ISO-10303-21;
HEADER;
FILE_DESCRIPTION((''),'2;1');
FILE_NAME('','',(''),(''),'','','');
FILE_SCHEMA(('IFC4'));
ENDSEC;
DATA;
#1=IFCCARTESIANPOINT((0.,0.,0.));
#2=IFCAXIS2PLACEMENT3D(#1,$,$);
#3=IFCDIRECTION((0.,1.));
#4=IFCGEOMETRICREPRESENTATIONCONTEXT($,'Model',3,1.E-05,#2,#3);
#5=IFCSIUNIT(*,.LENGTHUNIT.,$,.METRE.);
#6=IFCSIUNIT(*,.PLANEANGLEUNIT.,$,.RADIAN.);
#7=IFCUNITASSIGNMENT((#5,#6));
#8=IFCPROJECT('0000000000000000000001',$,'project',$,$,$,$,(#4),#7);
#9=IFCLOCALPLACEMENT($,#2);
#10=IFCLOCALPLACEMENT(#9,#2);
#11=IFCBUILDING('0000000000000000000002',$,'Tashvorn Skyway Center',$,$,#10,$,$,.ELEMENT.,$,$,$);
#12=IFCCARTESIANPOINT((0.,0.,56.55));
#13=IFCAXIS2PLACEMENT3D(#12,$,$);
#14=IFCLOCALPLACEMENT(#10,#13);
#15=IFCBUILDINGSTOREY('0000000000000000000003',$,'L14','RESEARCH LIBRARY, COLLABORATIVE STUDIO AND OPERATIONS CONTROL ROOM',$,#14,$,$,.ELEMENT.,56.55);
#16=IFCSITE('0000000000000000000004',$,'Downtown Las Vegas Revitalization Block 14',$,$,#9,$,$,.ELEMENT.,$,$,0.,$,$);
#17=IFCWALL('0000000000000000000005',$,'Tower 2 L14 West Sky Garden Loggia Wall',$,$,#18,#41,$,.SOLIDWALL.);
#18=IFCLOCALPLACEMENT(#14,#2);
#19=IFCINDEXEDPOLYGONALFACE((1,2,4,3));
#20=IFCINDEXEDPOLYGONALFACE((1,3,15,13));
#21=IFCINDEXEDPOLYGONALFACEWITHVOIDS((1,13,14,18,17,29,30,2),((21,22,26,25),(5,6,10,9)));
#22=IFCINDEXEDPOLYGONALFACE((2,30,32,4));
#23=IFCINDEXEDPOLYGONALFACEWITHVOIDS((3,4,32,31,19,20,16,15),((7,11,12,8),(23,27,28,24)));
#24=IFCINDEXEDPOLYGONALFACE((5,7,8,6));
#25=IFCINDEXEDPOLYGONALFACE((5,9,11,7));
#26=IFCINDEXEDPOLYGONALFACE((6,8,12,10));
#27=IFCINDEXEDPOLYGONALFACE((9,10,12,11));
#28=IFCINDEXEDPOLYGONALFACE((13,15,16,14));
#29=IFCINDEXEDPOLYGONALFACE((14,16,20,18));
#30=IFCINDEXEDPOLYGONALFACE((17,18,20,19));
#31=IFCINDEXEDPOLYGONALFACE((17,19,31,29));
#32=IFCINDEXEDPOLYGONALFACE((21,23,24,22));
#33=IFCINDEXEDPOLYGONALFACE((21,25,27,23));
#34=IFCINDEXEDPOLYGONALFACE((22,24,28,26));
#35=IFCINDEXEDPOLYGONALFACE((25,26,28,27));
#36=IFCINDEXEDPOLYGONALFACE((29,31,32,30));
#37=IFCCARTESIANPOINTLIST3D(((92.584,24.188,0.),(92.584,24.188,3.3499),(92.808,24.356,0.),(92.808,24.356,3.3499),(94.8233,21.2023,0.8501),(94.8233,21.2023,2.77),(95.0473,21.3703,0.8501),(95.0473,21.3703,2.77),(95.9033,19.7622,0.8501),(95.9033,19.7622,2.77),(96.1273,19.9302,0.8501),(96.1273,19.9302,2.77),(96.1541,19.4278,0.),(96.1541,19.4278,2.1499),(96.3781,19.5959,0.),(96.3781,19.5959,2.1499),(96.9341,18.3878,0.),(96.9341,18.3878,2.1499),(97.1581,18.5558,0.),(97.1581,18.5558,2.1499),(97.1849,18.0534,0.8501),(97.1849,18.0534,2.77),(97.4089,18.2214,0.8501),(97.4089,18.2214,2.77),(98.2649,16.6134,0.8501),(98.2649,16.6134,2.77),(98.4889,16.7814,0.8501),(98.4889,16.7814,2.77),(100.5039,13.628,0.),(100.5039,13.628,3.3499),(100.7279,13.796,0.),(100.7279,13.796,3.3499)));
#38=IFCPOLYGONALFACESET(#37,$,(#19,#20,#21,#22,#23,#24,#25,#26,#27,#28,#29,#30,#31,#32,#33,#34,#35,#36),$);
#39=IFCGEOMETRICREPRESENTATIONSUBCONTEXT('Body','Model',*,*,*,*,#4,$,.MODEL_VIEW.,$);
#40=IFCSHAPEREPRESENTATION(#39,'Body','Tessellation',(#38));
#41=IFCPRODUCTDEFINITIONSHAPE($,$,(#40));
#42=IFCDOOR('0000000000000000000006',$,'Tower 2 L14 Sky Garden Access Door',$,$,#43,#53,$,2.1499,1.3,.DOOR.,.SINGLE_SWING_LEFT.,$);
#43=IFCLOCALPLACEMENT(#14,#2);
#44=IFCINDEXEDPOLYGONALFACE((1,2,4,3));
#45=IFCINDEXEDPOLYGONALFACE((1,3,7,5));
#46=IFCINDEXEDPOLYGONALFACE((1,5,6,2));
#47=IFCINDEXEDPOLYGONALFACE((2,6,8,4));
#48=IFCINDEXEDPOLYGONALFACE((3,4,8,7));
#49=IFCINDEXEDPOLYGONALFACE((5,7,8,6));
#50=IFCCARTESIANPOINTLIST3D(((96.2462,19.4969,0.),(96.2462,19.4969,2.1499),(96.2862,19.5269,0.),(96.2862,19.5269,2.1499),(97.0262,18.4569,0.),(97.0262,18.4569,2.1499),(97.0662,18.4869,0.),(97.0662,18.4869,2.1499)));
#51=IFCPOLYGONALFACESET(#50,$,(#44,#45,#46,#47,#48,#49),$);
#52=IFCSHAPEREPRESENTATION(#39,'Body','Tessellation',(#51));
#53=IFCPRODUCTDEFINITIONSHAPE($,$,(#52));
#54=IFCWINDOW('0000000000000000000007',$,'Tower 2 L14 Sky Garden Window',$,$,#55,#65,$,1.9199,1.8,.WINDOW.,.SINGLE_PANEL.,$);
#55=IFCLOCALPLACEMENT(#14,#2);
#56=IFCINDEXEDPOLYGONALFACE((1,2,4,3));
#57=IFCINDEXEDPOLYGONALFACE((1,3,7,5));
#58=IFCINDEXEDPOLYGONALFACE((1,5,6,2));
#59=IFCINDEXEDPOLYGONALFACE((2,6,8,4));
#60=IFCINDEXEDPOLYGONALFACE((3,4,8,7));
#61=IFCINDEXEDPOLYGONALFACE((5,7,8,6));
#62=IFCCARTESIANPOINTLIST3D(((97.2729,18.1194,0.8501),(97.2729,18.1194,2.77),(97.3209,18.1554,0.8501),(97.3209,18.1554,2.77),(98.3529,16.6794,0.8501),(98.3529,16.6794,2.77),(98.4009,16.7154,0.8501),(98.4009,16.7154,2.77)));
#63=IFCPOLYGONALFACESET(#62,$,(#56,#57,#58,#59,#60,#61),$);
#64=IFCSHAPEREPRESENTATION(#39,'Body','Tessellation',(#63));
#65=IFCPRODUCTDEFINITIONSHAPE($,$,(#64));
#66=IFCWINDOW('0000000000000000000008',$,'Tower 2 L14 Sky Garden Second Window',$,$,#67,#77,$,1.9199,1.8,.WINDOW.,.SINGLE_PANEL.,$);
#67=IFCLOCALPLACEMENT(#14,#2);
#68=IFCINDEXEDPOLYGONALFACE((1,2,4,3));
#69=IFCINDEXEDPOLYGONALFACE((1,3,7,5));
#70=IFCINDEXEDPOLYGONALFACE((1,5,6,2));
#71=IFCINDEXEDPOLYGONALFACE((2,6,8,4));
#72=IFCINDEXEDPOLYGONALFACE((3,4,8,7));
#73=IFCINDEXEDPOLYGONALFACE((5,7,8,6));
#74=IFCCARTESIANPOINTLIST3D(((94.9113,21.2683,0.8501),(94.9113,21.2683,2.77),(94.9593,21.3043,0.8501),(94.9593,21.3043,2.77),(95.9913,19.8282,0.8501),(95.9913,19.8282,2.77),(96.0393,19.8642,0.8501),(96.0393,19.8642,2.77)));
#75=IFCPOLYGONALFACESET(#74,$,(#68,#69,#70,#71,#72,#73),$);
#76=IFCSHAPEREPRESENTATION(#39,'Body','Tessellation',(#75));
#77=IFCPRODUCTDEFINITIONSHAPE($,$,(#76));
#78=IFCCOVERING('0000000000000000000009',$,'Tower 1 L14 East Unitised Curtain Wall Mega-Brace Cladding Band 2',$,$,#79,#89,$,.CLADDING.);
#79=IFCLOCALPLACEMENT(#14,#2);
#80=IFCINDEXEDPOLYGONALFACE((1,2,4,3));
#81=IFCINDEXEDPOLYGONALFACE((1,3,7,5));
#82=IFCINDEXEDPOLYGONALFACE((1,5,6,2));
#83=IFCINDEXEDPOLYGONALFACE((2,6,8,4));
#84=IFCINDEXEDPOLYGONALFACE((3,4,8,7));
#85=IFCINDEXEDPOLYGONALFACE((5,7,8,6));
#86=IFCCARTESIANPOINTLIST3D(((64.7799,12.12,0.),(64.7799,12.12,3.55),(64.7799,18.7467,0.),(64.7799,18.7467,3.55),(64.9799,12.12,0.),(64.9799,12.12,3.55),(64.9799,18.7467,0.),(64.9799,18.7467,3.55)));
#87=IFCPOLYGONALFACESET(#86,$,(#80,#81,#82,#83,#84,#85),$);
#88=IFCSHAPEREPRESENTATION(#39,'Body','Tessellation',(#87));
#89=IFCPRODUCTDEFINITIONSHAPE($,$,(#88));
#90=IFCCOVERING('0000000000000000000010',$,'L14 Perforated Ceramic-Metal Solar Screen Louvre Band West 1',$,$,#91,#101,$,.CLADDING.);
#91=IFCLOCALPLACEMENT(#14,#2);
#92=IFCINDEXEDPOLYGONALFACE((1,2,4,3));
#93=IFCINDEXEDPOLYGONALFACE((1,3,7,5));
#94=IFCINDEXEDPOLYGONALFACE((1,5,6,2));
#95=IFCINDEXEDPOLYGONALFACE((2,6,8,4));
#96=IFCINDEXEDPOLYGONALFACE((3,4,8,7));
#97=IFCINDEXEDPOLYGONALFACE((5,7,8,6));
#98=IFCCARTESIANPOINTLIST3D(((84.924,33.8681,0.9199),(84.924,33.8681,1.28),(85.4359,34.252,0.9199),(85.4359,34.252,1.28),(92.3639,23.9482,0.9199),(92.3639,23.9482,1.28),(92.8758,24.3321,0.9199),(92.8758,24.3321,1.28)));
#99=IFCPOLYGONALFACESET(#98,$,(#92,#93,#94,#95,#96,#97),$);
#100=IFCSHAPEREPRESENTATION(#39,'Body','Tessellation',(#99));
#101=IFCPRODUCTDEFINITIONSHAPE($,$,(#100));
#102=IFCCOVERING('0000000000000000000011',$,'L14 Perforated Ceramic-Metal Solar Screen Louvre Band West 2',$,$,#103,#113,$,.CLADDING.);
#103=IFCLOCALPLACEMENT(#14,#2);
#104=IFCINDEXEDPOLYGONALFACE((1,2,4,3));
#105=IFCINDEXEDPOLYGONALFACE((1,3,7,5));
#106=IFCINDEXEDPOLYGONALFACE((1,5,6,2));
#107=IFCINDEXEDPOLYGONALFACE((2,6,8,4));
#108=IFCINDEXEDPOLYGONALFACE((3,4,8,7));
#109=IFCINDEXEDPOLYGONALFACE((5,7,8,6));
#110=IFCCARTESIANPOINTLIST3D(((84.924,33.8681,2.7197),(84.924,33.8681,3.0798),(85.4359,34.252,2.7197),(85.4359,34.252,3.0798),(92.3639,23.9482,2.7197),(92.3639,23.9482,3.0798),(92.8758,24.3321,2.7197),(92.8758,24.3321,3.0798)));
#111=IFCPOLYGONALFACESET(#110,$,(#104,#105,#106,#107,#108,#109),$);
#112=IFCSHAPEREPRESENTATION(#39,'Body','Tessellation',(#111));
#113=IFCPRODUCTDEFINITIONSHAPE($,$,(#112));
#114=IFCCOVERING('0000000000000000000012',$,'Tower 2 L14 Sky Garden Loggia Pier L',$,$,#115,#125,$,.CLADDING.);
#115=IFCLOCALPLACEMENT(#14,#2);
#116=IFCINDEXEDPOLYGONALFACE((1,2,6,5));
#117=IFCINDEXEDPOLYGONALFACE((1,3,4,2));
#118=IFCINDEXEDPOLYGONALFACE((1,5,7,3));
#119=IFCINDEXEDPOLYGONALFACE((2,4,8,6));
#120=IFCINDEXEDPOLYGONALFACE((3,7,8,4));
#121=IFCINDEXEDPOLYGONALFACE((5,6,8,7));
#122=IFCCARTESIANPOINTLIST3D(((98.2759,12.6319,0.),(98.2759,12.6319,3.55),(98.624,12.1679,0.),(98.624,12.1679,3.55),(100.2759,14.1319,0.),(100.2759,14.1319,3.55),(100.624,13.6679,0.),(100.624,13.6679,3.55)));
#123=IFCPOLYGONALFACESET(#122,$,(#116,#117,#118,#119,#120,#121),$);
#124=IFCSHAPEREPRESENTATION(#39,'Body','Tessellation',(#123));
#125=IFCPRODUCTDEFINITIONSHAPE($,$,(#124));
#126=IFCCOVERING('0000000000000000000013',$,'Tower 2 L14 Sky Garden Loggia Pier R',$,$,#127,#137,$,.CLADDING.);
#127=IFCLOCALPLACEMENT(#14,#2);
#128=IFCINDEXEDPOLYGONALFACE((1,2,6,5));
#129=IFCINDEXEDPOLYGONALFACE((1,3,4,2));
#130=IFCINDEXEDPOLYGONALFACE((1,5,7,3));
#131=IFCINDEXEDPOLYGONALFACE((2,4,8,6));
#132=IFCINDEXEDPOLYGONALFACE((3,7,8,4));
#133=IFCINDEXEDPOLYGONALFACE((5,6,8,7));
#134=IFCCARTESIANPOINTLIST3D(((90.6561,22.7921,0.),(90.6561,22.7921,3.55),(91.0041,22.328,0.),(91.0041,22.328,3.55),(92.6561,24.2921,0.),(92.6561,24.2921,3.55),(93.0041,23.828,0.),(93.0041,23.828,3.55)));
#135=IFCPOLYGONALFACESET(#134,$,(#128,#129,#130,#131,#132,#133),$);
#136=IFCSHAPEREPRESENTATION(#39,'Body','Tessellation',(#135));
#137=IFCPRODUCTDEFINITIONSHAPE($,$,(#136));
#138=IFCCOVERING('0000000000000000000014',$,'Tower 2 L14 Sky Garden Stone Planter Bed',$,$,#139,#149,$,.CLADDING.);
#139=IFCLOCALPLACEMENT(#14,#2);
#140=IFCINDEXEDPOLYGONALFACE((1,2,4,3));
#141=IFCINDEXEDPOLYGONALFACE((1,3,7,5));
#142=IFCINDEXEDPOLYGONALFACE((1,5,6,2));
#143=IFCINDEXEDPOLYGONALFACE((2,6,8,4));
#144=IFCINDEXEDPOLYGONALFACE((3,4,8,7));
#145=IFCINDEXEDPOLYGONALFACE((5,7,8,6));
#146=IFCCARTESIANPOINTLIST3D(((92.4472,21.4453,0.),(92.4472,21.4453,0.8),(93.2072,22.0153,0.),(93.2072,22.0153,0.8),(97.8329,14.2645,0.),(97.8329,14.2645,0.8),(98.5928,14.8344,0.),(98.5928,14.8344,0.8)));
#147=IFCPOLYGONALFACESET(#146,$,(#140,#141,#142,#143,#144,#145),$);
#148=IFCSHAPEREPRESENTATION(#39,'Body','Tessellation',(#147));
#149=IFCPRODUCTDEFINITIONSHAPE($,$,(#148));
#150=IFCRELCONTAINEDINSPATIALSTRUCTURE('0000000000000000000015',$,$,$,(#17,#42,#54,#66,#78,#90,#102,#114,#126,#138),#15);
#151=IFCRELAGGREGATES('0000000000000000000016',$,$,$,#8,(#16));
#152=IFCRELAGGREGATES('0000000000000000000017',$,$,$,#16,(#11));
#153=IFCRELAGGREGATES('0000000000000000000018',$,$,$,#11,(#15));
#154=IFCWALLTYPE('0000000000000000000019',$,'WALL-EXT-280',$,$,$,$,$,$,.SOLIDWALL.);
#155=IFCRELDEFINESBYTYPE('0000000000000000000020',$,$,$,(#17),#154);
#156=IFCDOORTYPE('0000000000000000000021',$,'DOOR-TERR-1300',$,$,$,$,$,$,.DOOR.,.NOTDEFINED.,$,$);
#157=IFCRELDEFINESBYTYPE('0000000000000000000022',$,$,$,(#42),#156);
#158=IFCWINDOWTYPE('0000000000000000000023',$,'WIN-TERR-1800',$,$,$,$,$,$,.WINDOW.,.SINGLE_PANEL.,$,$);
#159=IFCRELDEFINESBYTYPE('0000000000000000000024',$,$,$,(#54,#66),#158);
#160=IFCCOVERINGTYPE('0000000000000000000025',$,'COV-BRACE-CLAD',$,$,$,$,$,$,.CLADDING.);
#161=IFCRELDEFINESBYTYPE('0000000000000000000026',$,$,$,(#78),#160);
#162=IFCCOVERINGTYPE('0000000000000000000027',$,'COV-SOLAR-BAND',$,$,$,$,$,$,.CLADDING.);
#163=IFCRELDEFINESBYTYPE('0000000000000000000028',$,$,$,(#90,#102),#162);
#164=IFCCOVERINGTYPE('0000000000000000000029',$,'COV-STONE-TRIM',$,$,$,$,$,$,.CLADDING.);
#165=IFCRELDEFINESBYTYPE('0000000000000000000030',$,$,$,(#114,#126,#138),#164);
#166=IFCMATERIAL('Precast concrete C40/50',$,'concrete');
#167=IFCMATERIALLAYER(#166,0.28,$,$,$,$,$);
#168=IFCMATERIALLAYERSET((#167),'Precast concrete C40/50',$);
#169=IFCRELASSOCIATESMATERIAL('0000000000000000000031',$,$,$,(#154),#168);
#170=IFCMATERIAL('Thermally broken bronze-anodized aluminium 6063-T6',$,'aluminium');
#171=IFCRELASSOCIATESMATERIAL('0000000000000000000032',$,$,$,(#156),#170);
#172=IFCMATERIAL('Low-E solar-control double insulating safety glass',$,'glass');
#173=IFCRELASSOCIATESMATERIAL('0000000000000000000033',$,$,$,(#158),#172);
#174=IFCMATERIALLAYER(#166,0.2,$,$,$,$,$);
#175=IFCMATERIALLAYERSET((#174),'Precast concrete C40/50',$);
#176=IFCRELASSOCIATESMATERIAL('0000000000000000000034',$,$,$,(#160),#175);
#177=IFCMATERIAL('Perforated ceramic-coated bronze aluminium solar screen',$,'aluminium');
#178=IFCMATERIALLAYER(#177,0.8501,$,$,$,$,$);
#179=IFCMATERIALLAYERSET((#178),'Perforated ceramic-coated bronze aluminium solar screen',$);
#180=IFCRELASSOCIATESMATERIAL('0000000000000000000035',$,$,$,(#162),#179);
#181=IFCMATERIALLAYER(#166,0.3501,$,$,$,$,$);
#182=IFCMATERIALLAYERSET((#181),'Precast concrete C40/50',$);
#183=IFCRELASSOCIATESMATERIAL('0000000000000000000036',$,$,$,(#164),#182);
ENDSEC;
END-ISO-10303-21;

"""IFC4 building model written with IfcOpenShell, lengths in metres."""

from ifc_helpers import new_model, si_unit, direction, frame, frame_2d, origin, origin_2d, place, context, subcontext, project, spatial, rectangle, extrude, material, layer, layer_set, type_object, element, fill, save


model = new_model("IFC4")

# Units and contexts
model_context = context("Model", 3, precision=1e-05, world=origin(), true_north=direction((0.0, 1.0)))
body_context = subcontext(model_context, "Body", "Model", "MODEL_VIEW")
ifc_project = project(units=[si_unit("LENGTHUNIT", "METRE"), si_unit("PLANEANGLEUNIT", "RADIAN")], contexts=[model_context])

# Site, building, storey
site_placement = place(None, origin())
site = spatial("IfcSite", under=ifc_project, at=site_placement, Name="Downtown Las Vegas Revitalization Block 14", CompositionType="ELEMENT", RefElevation=0.0)
building_placement = place(site_placement, origin())
building = spatial("IfcBuilding", under=site, at=building_placement, Name="Tashvorn Skyway Center", CompositionType="ELEMENT")
storey_placement = place(building_placement, frame((0.0, 0.0, 56.55)))
storey = spatial("IfcBuildingStorey", under=building, at=storey_placement, Name="L14", Description="RESEARCH LIBRARY, COLLABORATIVE STUDIO AND OPERATIONS CONTROL ROOM", CompositionType="ELEMENT", Elevation=56.55)

# Shared definitions
ifc_material_1 = material(Name="Thermally broken bronze-anodized aluminium 6063-T6", Category="aluminium")

# Shared definitions
ifc_material_2 = material(Name="Low-E solar-control double insulating safety glass", Category="glass")

# Shared definitions
ifc_material_3 = material(Name="Precast concrete C40/50", Category="concrete")
ifc_layer_1 = layer(ifc_material_3, 0.28)
ifc_layer_set_1 = layer_set([ifc_layer_1], Name="Precast concrete C40/50")
wall_type = type_object("IfcWallType", Name="WALL-EXT-280", PredefinedType="SOLIDWALL", material=ifc_layer_set_1)

# Wall, openings, door, windows
wall_1_placement = place(storey_placement, frame((100.616, 13.7119, 0.0), z_axis=(0.0, 0.0, 1.0), x_axis=(-0.599994, 0.800004, 0.0)))
wall_1 = element("IfcWall", 1, at=wall_1_placement, inside=storey, type_object=wall_type, Name="Tower 2 L14 West Sky Garden Loggia Wall", PredefinedType="SOLIDWALL", context=body_context, shape_type="SweptSolid", body=[
    extrude(rectangle(XDim=13.2, YDim=0.28, at=frame_2d((6.6001, 0.0))), origin(), (0.0, 0.0, 1.0), 3.3499),
])
opening_1_placement = place(wall_1_placement, frame((5.95, 0.0, 0.0)))
opening_1 = element("IfcOpeningElement", 2, at=opening_1_placement, cuts=wall_1, PredefinedType="OPENING", context=body_context, shape_type="SweptSolid", body=[
    extrude(rectangle(XDim=1.3, YDim=2.1499, at=frame_2d((0.6499, 1.075))), frame((0.0, 0.1499, 0.0), z_axis=(0.0, -1.0, 0.0), x_axis=(1.0, 0.0, 0.0)), (0.0, 0.0, 1.0), 0.3),
])
opening_2_placement = place(wall_1_placement, frame((3.7319, 0.0, 0.8501)))
opening_2 = element("IfcOpeningElement", 3, at=opening_2_placement, cuts=wall_1, PredefinedType="OPENING", context=body_context, shape_type="SweptSolid", body=[
    extrude(rectangle(XDim=1.8, YDim=1.9199, at=frame_2d((0.8999, 0.96))), frame((0.0, 0.1499, 0.0), z_axis=(0.0, -1.0, 0.0), x_axis=(1.0, 0.0, 0.0)), (0.0, 0.0, 1.0), 0.3),
])
opening_3_placement = place(wall_1_placement, frame((7.668, 0.0, 0.8501)))
opening_3 = element("IfcOpeningElement", 4, at=opening_3_placement, cuts=wall_1, PredefinedType="OPENING", context=body_context, shape_type="SweptSolid", body=[
    extrude(rectangle(XDim=1.8, YDim=1.9199, at=frame_2d((0.8999, 0.96))), frame((0.0, 0.1499, 0.0), z_axis=(0.0, -1.0, 0.0), x_axis=(1.0, 0.0, 0.0)), (0.0, 0.0, 1.0), 0.3),
])
door_type = type_object("IfcDoorType", Name="DOOR-TERR-1300", OperationType="NOTDEFINED", PredefinedType="DOOR", material=ifc_material_1)
door_placement = place(opening_1_placement, origin())
door = element("IfcDoor", 5, at=door_placement, inside=storey, type_object=door_type, Name="Tower 2 L14 Sky Garden Access Door", OperationType="SINGLE_SWING_LEFT", OverallHeight=2.1499, OverallWidth=1.3, PredefinedType="DOOR", context=body_context, shape_type="SweptSolid", body=[
    extrude(rectangle(XDim=1.3, YDim=2.1499, at=frame_2d((0.6499, 1.075))), frame((0.0, 0.0249, 0.0), z_axis=(0.0, -1.0, 0.0), x_axis=(1.0, 0.0, 0.0)), (0.0, 0.0, 1.0), 0.05),
])
fill(opening_1, door)
window_type = type_object("IfcWindowType", Name="WIN-TERR-1800", PartitioningType="SINGLE_PANEL", PredefinedType="WINDOW", material=ifc_material_2)
window_1_placement = place(opening_2_placement, origin())
window_1 = element("IfcWindow", 6, at=window_1_placement, inside=storey, type_object=window_type, Name="Tower 2 L14 Sky Garden Window", OverallHeight=1.9199, OverallWidth=1.8, PartitioningType="SINGLE_PANEL", PredefinedType="WINDOW", context=body_context, shape_type="SweptSolid", body=[
    extrude(rectangle(XDim=1.8, YDim=1.9199, at=frame_2d((0.8999, 0.96))), frame((0.0, 0.03, 0.0), z_axis=(0.0, -1.0, 0.0), x_axis=(1.0, 0.0, 0.0)), (0.0, 0.0, 1.0), 0.0601),
])
fill(opening_2, window_1)
window_2_placement = place(opening_3_placement, origin())
window_2 = element("IfcWindow", 7, at=window_2_placement, inside=storey, type_object=window_type, Name="Tower 2 L14 Sky Garden Second Window", OverallHeight=1.9199, OverallWidth=1.8, PartitioningType="SINGLE_PANEL", PredefinedType="WINDOW", context=body_context, shape_type="SweptSolid", body=[
    extrude(rectangle(XDim=1.8, YDim=1.9199, at=frame_2d((0.8999, 0.96))), frame((0.0, 0.03, 0.0), z_axis=(0.0, -1.0, 0.0), x_axis=(1.0, 0.0, 0.0)), (0.0, 0.0, 1.0), 0.0601),
])
fill(opening_3, window_2)

# Coverings
ifc_layer_2 = layer(ifc_material_3, 0.2)
ifc_layer_set_2 = layer_set([ifc_layer_2], Name="Precast concrete C40/50")
covering_type_1 = type_object("IfcCoveringType", Name="COV-BRACE-CLAD", PredefinedType="CLADDING", material=ifc_layer_set_2)
covering_1_placement = place(storey_placement, frame((64.8799, 15.4333, 0.0), z_axis=(0.0, 0.0, 1.0), x_axis=(0.0, -1.0, 0.0)))
element("IfcCovering", 8, at=covering_1_placement, inside=storey, type_object=covering_type_1, Name="Tower 1 L14 East Unitised Curtain Wall Mega-Brace Cladding Band 2", PredefinedType="CLADDING", context=body_context, shape_type="SweptSolid", body=[
    extrude(rectangle(XDim=6.6267, YDim=0.2, at=origin_2d()), origin(), (0.0, 0.0, 1.0), 3.55),
])
ifc_material_4 = material(Name="Perforated ceramic-coated bronze aluminium solar screen", Category="aluminium")
ifc_layer_3 = layer(ifc_material_4, 0.8501)
ifc_layer_set_3 = layer_set([ifc_layer_3], Name="Perforated ceramic-coated bronze aluminium solar screen")
covering_type_2 = type_object("IfcCoveringType", Name="COV-SOLAR-BAND", PredefinedType="CLADDING", material=ifc_layer_set_3)
for number, where, z_axis, x_axis, name in (
    (9, (88.8999, 29.1001, 0.9199), (0.0, 0.0, 1.0), (-0.6, 0.8, 0.0), "L14 Perforated Ceramic-Metal Solar Screen Louvre Band West 1"),
    (10, (88.8999, 29.1001, 2.7197), (0.0, 0.0, 1.0), (-0.6, 0.8, 0.0), "L14 Perforated Ceramic-Metal Solar Screen Louvre Band West 2"),
):
    element("IfcCovering", number, at=place(storey_placement, frame(where, z_axis=z_axis, x_axis=x_axis)), inside=storey, type_object=covering_type_2, Name=name, PredefinedType="CLADDING", context=body_context, shape_type="SweptSolid", body=[
        extrude(rectangle(XDim=12.3999, YDim=0.6399, at=origin_2d()), origin(), (0.0, 0.0, 1.0), 0.3601),
    ])
ifc_layer_4 = layer(ifc_material_3, 0.3501)
ifc_layer_set_4 = layer_set([ifc_layer_4], Name="Precast concrete C40/50")
covering_type_3 = type_object("IfcCoveringType", Name="COV-STONE-TRIM", PredefinedType="CLADDING", material=ifc_layer_set_4)
for number, where, z_axis, x_axis, name in (
    (11, (99.45, 13.1499, 0.0), (0.0, 0.0, 1.0), (-0.6, 0.8, 0.0), "Tower 2 L14 Sky Garden Loggia Pier L"),
    (12, (91.8301, 23.3101, 0.0), (0.0, 0.0, 1.0), (-0.6, 0.8, 0.0), "Tower 2 L14 Sky Garden Loggia Pier R"),
):
    element("IfcCovering", number, at=place(storey_placement, frame(where, z_axis=z_axis, x_axis=x_axis)), inside=storey, type_object=covering_type_3, Name=name, PredefinedType="CLADDING", context=body_context, shape_type="SweptSolid", body=[
        extrude(rectangle(XDim=0.5801, YDim=2.5, at=origin_2d()), origin(), (0.0, 0.0, 1.0), 3.55),
    ])
covering_2_placement = place(storey_placement, frame((95.52, 18.1399, 0.0), z_axis=(0.0, 0.0, 1.0), x_axis=(-0.6, 0.8, 0.0)))
element("IfcCovering", 13, at=covering_2_placement, inside=storey, type_object=covering_type_3, Name="Tower 2 L14 Sky Garden Stone Planter Bed", PredefinedType="CLADDING", context=body_context, shape_type="SweptSolid", body=[
    extrude(rectangle(XDim=8.9761, YDim=0.95, at=origin_2d()), origin(), (0.0, 0.0, 1.0), 0.8),
])

save(model, "model.ifc")
